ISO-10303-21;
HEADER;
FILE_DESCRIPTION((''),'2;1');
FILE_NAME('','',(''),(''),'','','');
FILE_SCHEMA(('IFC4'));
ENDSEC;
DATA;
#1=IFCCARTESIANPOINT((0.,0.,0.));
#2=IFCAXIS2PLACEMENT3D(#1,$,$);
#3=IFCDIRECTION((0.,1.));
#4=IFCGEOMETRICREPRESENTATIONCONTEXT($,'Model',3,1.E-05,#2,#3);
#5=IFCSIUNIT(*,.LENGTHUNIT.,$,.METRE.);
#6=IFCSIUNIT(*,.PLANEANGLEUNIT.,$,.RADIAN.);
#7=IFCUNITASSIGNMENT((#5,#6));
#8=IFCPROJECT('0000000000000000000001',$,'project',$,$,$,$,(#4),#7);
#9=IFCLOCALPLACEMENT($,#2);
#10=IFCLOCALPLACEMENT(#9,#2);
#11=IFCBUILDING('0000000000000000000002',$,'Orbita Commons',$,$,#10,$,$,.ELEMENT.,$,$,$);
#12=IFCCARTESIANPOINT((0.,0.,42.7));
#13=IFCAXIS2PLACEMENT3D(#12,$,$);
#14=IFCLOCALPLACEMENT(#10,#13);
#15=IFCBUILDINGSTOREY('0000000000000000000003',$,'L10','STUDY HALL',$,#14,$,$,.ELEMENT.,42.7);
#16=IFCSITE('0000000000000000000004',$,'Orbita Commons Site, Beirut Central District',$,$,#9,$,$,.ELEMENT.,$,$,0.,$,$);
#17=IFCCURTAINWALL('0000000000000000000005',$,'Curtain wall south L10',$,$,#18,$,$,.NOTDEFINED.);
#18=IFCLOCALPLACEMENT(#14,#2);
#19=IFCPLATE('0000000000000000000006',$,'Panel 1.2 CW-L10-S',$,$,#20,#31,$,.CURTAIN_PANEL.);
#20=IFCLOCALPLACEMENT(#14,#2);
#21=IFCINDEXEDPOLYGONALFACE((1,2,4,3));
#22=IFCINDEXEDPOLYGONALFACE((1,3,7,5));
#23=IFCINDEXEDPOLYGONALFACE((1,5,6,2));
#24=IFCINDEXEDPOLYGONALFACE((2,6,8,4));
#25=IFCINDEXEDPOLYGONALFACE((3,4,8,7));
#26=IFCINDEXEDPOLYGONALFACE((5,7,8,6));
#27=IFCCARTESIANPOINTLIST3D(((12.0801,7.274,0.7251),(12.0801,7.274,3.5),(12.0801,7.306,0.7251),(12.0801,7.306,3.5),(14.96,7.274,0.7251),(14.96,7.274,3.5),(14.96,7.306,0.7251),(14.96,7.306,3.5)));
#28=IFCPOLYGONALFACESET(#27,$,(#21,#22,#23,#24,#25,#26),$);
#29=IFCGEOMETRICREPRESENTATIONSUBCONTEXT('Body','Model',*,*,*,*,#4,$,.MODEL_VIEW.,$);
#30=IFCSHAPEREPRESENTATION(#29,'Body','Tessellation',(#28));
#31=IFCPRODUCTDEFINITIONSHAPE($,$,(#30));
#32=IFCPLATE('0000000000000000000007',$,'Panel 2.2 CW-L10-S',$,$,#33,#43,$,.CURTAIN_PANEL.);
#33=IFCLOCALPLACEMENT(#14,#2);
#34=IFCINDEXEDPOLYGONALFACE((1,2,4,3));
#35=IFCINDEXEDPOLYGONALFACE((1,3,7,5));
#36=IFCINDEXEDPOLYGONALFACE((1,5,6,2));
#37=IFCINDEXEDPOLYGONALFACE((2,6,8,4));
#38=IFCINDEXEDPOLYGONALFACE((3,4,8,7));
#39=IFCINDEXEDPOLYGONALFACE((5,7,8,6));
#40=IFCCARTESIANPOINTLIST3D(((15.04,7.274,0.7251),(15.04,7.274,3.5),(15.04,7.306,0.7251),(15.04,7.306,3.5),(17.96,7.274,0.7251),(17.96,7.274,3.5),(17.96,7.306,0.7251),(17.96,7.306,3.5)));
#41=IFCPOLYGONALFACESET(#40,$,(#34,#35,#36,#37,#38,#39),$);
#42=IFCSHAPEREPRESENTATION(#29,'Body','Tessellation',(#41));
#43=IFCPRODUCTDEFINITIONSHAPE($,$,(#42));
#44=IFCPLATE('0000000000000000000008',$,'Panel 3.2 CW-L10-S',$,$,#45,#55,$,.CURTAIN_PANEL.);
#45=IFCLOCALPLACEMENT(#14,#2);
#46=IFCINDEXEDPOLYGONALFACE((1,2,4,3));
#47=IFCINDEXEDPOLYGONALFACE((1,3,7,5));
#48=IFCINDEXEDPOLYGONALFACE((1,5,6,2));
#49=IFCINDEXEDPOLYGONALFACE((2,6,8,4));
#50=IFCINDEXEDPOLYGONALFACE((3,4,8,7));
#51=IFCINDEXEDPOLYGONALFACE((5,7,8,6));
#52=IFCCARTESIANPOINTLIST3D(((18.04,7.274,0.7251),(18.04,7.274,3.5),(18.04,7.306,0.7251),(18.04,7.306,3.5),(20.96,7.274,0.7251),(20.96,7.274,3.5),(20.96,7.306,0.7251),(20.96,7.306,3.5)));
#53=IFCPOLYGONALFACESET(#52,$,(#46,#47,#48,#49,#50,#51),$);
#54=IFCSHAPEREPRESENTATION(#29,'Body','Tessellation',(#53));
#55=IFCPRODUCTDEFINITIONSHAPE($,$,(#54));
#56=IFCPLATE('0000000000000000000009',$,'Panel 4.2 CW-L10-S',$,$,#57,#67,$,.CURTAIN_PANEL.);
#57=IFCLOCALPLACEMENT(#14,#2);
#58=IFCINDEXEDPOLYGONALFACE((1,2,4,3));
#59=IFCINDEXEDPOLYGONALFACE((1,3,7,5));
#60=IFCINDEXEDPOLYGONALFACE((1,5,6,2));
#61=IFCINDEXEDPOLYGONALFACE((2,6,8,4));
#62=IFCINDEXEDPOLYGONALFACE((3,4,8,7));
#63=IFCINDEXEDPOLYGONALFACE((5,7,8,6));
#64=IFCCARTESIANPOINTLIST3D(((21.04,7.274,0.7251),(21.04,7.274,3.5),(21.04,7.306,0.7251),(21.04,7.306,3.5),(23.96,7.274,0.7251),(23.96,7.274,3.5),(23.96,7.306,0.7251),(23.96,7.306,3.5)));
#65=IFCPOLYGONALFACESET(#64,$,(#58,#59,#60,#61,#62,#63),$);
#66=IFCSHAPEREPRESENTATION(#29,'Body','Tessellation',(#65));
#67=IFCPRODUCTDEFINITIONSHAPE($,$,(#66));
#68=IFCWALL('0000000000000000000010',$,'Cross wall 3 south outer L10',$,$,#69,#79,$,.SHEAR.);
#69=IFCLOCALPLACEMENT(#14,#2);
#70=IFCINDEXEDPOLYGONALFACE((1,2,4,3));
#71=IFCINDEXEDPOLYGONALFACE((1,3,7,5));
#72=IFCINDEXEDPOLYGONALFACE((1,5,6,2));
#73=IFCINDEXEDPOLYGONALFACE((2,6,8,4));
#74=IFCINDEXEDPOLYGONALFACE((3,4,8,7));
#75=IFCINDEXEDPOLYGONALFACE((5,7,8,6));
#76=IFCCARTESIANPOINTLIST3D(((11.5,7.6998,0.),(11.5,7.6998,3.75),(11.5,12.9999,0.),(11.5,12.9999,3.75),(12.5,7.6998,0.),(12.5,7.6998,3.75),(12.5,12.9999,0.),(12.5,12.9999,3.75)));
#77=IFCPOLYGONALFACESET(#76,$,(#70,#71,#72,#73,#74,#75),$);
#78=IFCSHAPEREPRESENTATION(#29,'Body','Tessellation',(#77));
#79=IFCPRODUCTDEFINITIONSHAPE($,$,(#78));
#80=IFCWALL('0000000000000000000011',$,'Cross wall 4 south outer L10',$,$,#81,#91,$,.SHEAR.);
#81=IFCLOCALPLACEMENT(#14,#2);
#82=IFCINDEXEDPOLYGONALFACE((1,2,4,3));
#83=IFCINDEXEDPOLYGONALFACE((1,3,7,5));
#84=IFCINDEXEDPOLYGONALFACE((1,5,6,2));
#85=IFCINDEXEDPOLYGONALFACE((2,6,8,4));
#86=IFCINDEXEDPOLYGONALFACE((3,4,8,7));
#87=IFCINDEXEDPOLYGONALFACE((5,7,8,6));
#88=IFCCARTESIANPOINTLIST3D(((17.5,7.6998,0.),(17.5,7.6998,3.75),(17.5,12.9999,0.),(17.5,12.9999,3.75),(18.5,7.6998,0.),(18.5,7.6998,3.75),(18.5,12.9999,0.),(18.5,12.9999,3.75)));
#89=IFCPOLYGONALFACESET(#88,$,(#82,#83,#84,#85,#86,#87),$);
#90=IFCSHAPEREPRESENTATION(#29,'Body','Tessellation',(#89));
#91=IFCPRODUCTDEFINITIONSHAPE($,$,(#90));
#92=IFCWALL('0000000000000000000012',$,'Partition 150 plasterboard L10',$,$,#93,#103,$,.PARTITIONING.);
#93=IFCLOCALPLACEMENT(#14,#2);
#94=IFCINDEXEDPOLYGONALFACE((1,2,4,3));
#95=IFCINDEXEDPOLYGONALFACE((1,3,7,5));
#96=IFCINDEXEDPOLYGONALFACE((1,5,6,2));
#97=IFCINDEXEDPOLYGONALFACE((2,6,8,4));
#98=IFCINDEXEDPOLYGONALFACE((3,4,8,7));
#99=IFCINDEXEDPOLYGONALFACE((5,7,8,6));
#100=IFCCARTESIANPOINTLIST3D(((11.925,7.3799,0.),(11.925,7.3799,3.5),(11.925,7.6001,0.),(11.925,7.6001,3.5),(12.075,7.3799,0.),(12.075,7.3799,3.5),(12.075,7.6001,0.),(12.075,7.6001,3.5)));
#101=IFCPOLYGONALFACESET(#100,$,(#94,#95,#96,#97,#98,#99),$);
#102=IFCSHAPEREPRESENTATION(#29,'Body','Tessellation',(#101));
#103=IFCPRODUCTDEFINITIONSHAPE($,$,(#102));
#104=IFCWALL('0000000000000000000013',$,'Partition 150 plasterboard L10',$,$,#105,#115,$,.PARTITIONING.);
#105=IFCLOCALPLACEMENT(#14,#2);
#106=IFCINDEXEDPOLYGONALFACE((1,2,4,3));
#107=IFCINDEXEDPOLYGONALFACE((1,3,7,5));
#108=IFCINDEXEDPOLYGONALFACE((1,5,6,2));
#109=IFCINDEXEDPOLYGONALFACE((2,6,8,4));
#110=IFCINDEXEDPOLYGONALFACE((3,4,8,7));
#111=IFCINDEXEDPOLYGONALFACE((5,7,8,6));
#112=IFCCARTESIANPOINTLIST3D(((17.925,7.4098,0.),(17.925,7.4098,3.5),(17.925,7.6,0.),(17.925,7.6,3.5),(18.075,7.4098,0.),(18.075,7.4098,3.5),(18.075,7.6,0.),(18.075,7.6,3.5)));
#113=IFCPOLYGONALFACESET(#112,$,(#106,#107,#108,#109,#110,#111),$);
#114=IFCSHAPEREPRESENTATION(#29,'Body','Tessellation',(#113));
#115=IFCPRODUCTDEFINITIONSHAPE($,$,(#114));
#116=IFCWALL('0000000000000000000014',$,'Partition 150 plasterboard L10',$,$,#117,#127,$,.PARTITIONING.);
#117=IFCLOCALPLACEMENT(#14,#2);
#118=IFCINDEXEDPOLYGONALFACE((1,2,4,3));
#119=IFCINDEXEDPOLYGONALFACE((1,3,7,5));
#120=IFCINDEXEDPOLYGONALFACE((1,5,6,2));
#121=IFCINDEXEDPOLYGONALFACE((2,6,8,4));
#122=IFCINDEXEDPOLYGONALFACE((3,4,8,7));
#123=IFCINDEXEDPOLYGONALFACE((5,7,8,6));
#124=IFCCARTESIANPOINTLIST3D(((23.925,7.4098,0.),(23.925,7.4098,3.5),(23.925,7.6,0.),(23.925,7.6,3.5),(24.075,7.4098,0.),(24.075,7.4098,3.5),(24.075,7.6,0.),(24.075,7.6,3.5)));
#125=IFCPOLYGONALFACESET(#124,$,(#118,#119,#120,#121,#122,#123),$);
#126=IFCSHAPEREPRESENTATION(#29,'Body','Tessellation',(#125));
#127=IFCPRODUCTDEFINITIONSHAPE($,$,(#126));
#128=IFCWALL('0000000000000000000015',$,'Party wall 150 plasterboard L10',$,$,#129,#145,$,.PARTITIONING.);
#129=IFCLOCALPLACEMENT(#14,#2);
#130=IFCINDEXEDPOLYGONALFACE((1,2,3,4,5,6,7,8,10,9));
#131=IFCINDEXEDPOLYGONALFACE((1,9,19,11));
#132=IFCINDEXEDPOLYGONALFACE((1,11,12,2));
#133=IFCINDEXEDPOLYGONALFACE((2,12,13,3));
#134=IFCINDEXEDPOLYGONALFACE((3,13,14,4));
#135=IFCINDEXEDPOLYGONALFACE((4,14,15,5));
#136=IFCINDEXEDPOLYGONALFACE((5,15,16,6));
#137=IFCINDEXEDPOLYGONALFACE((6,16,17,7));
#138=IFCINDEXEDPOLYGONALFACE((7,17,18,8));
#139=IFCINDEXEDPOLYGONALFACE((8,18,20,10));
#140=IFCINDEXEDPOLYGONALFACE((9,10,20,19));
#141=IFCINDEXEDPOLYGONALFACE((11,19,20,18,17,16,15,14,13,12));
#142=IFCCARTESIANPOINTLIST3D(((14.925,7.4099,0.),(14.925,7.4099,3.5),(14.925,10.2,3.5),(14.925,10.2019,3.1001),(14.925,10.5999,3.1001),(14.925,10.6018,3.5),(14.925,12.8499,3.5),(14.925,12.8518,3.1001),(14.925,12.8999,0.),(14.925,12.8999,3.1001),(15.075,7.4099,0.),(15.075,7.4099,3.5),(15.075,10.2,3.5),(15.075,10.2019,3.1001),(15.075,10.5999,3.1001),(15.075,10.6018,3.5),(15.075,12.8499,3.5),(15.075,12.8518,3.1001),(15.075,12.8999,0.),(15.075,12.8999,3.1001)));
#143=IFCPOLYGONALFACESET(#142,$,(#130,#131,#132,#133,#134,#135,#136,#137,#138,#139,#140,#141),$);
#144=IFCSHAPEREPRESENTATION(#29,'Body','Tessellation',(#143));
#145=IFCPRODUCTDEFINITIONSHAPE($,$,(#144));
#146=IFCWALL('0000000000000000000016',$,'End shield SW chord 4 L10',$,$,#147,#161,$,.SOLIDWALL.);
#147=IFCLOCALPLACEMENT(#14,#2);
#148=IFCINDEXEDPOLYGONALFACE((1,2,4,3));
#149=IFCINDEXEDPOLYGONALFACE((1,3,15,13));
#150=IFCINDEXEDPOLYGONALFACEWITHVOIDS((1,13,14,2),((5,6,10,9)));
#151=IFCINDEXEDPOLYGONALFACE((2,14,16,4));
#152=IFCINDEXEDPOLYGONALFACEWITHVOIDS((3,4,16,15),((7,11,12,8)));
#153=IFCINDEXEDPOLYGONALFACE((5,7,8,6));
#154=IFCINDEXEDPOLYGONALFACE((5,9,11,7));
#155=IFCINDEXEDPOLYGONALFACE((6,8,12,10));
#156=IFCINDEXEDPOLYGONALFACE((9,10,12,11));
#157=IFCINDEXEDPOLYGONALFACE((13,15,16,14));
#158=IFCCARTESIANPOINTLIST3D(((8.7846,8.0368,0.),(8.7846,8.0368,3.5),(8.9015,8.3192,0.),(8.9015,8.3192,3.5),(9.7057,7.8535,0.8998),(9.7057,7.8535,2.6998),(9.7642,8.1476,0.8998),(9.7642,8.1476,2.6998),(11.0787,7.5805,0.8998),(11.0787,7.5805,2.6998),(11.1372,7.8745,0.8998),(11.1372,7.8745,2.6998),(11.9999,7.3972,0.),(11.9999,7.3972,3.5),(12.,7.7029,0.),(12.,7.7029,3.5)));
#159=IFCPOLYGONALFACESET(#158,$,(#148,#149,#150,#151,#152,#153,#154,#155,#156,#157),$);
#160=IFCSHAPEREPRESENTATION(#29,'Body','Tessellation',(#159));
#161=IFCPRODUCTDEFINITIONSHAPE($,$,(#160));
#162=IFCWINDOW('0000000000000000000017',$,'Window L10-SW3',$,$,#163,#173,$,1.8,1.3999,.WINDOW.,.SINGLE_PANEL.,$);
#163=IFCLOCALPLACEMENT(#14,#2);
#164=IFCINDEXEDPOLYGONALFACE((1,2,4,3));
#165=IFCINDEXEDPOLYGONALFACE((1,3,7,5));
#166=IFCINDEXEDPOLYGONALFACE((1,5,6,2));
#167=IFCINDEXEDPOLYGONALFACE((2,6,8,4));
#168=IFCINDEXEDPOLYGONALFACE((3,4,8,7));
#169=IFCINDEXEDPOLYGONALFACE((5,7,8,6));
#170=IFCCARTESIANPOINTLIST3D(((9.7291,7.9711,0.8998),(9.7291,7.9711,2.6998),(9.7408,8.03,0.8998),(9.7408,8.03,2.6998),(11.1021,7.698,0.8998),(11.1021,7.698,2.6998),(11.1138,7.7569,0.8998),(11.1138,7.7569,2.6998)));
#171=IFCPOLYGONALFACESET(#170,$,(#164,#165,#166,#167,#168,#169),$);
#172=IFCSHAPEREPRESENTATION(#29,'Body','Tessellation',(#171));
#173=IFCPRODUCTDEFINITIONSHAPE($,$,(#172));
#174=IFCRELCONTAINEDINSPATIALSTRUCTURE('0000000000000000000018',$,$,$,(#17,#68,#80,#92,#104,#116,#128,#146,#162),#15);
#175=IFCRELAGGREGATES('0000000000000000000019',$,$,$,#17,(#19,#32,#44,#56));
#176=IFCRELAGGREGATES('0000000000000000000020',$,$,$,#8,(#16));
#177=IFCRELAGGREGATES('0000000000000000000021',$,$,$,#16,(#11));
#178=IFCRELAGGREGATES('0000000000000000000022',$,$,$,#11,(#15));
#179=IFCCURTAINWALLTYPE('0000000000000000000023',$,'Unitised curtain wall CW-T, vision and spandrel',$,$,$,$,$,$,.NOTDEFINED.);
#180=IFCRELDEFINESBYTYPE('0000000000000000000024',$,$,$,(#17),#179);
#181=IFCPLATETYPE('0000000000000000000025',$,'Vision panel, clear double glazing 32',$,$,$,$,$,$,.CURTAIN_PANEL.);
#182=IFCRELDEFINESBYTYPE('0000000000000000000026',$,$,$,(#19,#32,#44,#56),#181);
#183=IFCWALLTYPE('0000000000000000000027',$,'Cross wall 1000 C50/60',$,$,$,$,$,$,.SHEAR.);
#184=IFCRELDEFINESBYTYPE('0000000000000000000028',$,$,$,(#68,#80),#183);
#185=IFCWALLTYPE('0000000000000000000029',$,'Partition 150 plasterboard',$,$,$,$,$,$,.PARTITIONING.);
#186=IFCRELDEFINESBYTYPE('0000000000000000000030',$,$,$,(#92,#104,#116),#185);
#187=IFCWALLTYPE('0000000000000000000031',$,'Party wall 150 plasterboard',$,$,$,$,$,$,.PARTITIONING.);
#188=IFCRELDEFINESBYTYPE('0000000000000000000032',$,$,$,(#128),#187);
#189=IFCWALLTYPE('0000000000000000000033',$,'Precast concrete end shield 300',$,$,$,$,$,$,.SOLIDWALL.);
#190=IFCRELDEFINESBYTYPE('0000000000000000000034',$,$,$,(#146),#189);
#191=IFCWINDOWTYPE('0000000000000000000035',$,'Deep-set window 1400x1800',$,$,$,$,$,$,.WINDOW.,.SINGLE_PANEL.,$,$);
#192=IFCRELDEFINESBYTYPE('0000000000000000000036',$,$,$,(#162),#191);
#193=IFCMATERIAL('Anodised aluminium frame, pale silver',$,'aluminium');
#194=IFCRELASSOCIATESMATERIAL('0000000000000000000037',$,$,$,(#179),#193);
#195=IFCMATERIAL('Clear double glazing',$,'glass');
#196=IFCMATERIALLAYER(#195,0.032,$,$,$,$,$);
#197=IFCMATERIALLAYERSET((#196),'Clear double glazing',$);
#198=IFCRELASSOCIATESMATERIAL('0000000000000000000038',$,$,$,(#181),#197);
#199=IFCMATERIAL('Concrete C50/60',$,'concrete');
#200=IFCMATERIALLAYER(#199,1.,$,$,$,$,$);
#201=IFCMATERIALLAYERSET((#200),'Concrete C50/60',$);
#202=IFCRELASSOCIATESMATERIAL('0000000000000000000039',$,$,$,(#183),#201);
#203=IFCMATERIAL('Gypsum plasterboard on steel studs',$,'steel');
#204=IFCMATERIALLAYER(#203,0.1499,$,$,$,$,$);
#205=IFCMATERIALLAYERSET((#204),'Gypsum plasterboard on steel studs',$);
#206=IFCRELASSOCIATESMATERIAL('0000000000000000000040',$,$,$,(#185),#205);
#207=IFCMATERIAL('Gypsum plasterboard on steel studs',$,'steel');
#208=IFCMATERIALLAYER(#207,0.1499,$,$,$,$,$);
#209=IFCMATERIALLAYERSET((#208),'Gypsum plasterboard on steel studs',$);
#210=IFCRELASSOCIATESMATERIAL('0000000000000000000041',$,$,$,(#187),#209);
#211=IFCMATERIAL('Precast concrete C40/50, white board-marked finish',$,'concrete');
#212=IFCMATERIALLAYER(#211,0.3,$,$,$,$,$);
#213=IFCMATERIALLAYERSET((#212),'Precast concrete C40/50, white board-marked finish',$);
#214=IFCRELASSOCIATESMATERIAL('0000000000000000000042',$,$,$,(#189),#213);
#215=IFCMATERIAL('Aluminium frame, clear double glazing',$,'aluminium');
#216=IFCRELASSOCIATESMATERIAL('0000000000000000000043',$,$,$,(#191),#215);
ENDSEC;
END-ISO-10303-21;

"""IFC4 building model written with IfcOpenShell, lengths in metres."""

from ifc_helpers import new_model, si_unit, direction, frame, frame_2d, origin, origin_2d, place, context, subcontext, project, spatial, polyline, rectangle, outline, extrude, material, layer, layer_set, type_object, element, fill, aggregate, save


model = new_model("IFC4")

# Units and contexts
model_context = context("Model", 3, precision=1e-05, world=origin(), true_north=direction((0.0, 1.0)))
body_context = subcontext(model_context, "Body", "Model", "MODEL_VIEW")
ifc_project = project(units=[si_unit("LENGTHUNIT", "METRE"), si_unit("PLANEANGLEUNIT", "RADIAN")], contexts=[model_context])

# Site, building, storey
site_placement = place(None, origin())
site = spatial("IfcSite", under=ifc_project, at=site_placement, Name="Orbita Commons Site, Beirut Central District", CompositionType="ELEMENT", RefElevation=0.0)
building_placement = place(site_placement, origin())
building = spatial("IfcBuilding", under=site, at=building_placement, Name="Orbita Commons", CompositionType="ELEMENT")
storey_placement = place(building_placement, frame((0.0, 0.0, 42.7)))
storey = spatial("IfcBuildingStorey", under=building, at=storey_placement, Name="L10", Description="STUDY HALL", CompositionType="ELEMENT", Elevation=42.7)

# Curtain wall
ifc_material_1 = material(Name="Anodised aluminium frame, pale silver", Category="aluminium")
curtain_wall_type = type_object("IfcCurtainWallType", Name="Unitised curtain wall CW-T, vision and spandrel", PredefinedType="NOTDEFINED", material=ifc_material_1)
curtain_wall_placement = place(storey_placement, origin())
curtain_wall = element("IfcCurtainWall", 1, at=curtain_wall_placement, inside=storey, type_object=curtain_wall_type, Name="Curtain wall south L10", PredefinedType="NOTDEFINED")

# Plates
ifc_material_2 = material(Name="Clear double glazing", Category="glass")
ifc_layer_1 = layer(ifc_material_2, 0.032)
ifc_layer_set_1 = layer_set([ifc_layer_1], Name="Clear double glazing")
plate_type_1 = type_object("IfcPlateType", Name="Vision panel, clear double glazing 32", PredefinedType="CURTAIN_PANEL", material=ifc_layer_set_1)
plate_1_placement = place(storey_placement, frame((13.52, 7.29, 0.7251), z_axis=(0.0, 0.0, 1.0), x_axis=(1.0, 0.0, 0.0)))
plate_1 = element("IfcPlate", 2, at=plate_1_placement, type_object=plate_type_1, Name="Panel 1.2 CW-L10-S", PredefinedType="CURTAIN_PANEL", context=body_context, shape_type="SweptSolid", body=[
    extrude(rectangle(XDim=2.8799, YDim=0.032, at=origin_2d()), origin(), (0.0, 0.0, 1.0), 2.7749),
])
plate_2_placement = place(storey_placement, frame((16.5, 7.29, 0.7251), z_axis=(0.0, 0.0, 1.0), x_axis=(1.0, 0.0, 0.0)))
plate_2 = element("IfcPlate", 3, at=plate_2_placement, type_object=plate_type_1, Name="Panel 2.2 CW-L10-S", PredefinedType="CURTAIN_PANEL", context=body_context, shape_type="SweptSolid", body=[
    extrude(rectangle(XDim=2.9199, YDim=0.032, at=origin_2d()), origin(), (0.0, 0.0, 1.0), 2.7749),
])
plate_3_placement = place(storey_placement, frame((19.5, 7.29, 0.7251), z_axis=(0.0, 0.0, 1.0), x_axis=(1.0, 0.0, 0.0)))
plate_3 = element("IfcPlate", 4, at=plate_3_placement, type_object=plate_type_1, Name="Panel 3.2 CW-L10-S", PredefinedType="CURTAIN_PANEL", context=body_context, shape_type="SweptSolid", body=[
    extrude(rectangle(XDim=2.9199, YDim=0.032, at=origin_2d()), origin(), (0.0, 0.0, 1.0), 2.7749),
])
plate_4_placement = place(storey_placement, frame((22.5, 7.29, 0.7251), z_axis=(0.0, 0.0, 1.0), x_axis=(1.0, 0.0, 0.0)))
plate_4 = element("IfcPlate", 5, at=plate_4_placement, type_object=plate_type_1, Name="Panel 4.2 CW-L10-S", PredefinedType="CURTAIN_PANEL", context=body_context, shape_type="SweptSolid", body=[
    extrude(rectangle(XDim=2.9199, YDim=0.032, at=origin_2d()), origin(), (0.0, 0.0, 1.0), 2.7749),
])
aggregate(curtain_wall, [plate_1, plate_2, plate_3, plate_4])

# Walls
ifc_material_3 = material(Name="Concrete C50/60", Category="concrete")
ifc_layer_2 = layer(ifc_material_3, 1.0)
ifc_layer_set_2 = layer_set([ifc_layer_2], Name="Concrete C50/60")
wall_type_1 = type_object("IfcWallType", Name="Cross wall 1000 C50/60", PredefinedType="SHEAR", material=ifc_layer_set_2)
for number, where, z_axis, x_axis, name in (
    (6, (12.0, 7.7, 0.0), (0.0, 0.0, 1.0), (0.0, 1.0, 0.0), "Cross wall 3 south outer L10"),
    (7, (18.0, 7.7, 0.0), (0.0, 0.0, 1.0), (0.0, 1.0, 0.0), "Cross wall 4 south outer L10"),
):
    element("IfcWall", number, at=place(storey_placement, frame(where, z_axis=z_axis, x_axis=x_axis)), inside=storey, type_object=wall_type_1, Name=name, PredefinedType="SHEAR", context=body_context, shape_type="SweptSolid", body=[
        extrude(rectangle(XDim=5.3, YDim=1.0, at=frame_2d((2.6499, 0.0))), origin(), (0.0, 0.0, 1.0), 3.75),
    ])
ifc_material_4 = material(Name="Gypsum plasterboard on steel studs", Category="steel")
ifc_layer_3 = layer(ifc_material_4, 0.1499)
ifc_layer_set_3 = layer_set([ifc_layer_3], Name="Gypsum plasterboard on steel studs")
wall_type_2 = type_object("IfcWallType", Name="Partition 150 plasterboard", PredefinedType="PARTITIONING", material=ifc_layer_set_3)
wall_1_placement = place(storey_placement, frame((12.0, 7.6001, 0.0), z_axis=(0.0, 0.0, 1.0), x_axis=(0.0, -1.0, 0.0)))
element("IfcWall", 8, at=wall_1_placement, inside=storey, type_object=wall_type_2, Name="Partition 150 plasterboard L10", PredefinedType="PARTITIONING", context=body_context, shape_type="SweptSolid", body=[
    extrude(rectangle(XDim=0.2202, YDim=0.1499, at=frame_2d((0.1101, 0.0))), origin(), (0.0, 0.0, 1.0), 3.5),
])
for number, where, z_axis, x_axis, name in (
    (9, (18.0, 7.6001, 0.0), (0.0, 0.0, 1.0), (0.0, -1.0, 0.0), "Partition 150 plasterboard L10"),
    (10, (24.0, 7.6001, 0.0), (0.0, 0.0, 1.0), (0.0, -1.0, 0.0), "Partition 150 plasterboard L10"),
):
    element("IfcWall", number, at=place(storey_placement, frame(where, z_axis=z_axis, x_axis=x_axis)), inside=storey, type_object=wall_type_2, Name=name, PredefinedType="PARTITIONING", context=body_context, shape_type="SweptSolid", body=[
        extrude(rectangle(XDim=0.1902, YDim=0.1499, at=frame_2d((0.0952, 0.0))), origin(), (0.0, 0.0, 1.0), 3.5),
    ])
ifc_material_5 = material(Name="Gypsum plasterboard on steel studs", Category="steel")
ifc_layer_4 = layer(ifc_material_5, 0.1499)
ifc_layer_set_4 = layer_set([ifc_layer_4], Name="Gypsum plasterboard on steel studs")
wall_type_3 = type_object("IfcWallType", Name="Party wall 150 plasterboard", PredefinedType="PARTITIONING", material=ifc_layer_set_4)
wall_2_placement = place(storey_placement, frame((15.0, 7.4099, 0.0), z_axis=(0.0, 0.0, 1.0), x_axis=(0.0, 1.0, 0.0)))
element("IfcWall", 11, at=wall_2_placement, inside=storey, type_object=wall_type_3, Name="Party wall 150 plasterboard L10", PredefinedType="PARTITIONING", context=body_context, shape_type="SweptSolid", body=[
    extrude(outline(polyline([(0.0, 0.0), (5.49, 0.0), (5.49, 3.1001), (5.4419, 3.1001), (5.4399, 3.5), (3.1919, 3.5), (3.1899, 3.1001), (2.792, 3.1001), (2.79, 3.5), (0.0, 3.5), (0.0, 0.0)])), frame((0.0, 0.075, 0.0), z_axis=(0.0, -1.0, 0.0), x_axis=(1.0, 0.0, 0.0)), (0.0, 0.0, 1.0), 0.1499),
])

# Wall, opening, window
ifc_material_6 = material(Name="Precast concrete C40/50, white board-marked finish", Category="concrete")
ifc_layer_5 = layer(ifc_material_6, 0.3)
ifc_layer_set_5 = layer_set([ifc_layer_5], Name="Precast concrete C40/50, white board-marked finish")
wall_type_4 = type_object("IfcWallType", Name="Precast concrete end shield 300", PredefinedType="SOLIDWALL", material=ifc_layer_set_5)
wall_3_placement = place(storey_placement, frame((8.843, 8.178, 0.0), z_axis=(0.0, 0.0, 1.0), x_axis=(0.980787, -0.19508, 0.0)))
wall_3 = element("IfcWall", 12, at=wall_3_placement, inside=storey, type_object=wall_type_4, Name="End shield SW chord 4 L10", PredefinedType="SOLIDWALL", context=body_context, shape_type="SweptSolid", body=[
    extrude(outline(polyline([(-0.0298, -0.1499), (3.2485, -0.1499), (3.189, 0.1499), (0.0298, 0.1499), (-0.0298, -0.1499)])), origin(), (0.0, 0.0, 1.0), 3.5),
])
opening_placement = place(wall_3_placement, frame((0.9094, 0.0, 0.8999)))
opening = element("IfcOpeningElement", 13, at=opening_placement, cuts=wall_3, PredefinedType="OPENING", context=body_context, shape_type="SweptSolid", body=[
    extrude(rectangle(XDim=1.3999, YDim=1.8, at=frame_2d((0.7, 0.8999))), frame((0.0, 0.1599, 0.0), z_axis=(0.0, -1.0, 0.0), x_axis=(1.0, 0.0, 0.0)), (0.0, 0.0, 1.0), 0.3201),
])
ifc_material_7 = material(Name="Aluminium frame, clear double glazing", Category="aluminium")
window_type = type_object("IfcWindowType", Name="Deep-set window 1400x1800", PartitioningType="SINGLE_PANEL", PredefinedType="WINDOW", material=ifc_material_7)
window_placement = place(opening_placement, origin())
window = element("IfcWindow", 14, at=window_placement, inside=storey, type_object=window_type, Name="Window L10-SW3", OverallHeight=1.8, OverallWidth=1.3999, PartitioningType="SINGLE_PANEL", PredefinedType="WINDOW", context=body_context, shape_type="SweptSolid", body=[
    extrude(rectangle(XDim=1.3999, YDim=1.8, at=frame_2d((0.7, 0.8999))), frame((0.0, 0.03, 0.0), z_axis=(0.0, -1.0, 0.0), x_axis=(1.0, 0.0, 0.0)), (0.0, 0.0, 1.0), 0.0601),
])
fill(opening, window)

save(model, "model.ifc")
